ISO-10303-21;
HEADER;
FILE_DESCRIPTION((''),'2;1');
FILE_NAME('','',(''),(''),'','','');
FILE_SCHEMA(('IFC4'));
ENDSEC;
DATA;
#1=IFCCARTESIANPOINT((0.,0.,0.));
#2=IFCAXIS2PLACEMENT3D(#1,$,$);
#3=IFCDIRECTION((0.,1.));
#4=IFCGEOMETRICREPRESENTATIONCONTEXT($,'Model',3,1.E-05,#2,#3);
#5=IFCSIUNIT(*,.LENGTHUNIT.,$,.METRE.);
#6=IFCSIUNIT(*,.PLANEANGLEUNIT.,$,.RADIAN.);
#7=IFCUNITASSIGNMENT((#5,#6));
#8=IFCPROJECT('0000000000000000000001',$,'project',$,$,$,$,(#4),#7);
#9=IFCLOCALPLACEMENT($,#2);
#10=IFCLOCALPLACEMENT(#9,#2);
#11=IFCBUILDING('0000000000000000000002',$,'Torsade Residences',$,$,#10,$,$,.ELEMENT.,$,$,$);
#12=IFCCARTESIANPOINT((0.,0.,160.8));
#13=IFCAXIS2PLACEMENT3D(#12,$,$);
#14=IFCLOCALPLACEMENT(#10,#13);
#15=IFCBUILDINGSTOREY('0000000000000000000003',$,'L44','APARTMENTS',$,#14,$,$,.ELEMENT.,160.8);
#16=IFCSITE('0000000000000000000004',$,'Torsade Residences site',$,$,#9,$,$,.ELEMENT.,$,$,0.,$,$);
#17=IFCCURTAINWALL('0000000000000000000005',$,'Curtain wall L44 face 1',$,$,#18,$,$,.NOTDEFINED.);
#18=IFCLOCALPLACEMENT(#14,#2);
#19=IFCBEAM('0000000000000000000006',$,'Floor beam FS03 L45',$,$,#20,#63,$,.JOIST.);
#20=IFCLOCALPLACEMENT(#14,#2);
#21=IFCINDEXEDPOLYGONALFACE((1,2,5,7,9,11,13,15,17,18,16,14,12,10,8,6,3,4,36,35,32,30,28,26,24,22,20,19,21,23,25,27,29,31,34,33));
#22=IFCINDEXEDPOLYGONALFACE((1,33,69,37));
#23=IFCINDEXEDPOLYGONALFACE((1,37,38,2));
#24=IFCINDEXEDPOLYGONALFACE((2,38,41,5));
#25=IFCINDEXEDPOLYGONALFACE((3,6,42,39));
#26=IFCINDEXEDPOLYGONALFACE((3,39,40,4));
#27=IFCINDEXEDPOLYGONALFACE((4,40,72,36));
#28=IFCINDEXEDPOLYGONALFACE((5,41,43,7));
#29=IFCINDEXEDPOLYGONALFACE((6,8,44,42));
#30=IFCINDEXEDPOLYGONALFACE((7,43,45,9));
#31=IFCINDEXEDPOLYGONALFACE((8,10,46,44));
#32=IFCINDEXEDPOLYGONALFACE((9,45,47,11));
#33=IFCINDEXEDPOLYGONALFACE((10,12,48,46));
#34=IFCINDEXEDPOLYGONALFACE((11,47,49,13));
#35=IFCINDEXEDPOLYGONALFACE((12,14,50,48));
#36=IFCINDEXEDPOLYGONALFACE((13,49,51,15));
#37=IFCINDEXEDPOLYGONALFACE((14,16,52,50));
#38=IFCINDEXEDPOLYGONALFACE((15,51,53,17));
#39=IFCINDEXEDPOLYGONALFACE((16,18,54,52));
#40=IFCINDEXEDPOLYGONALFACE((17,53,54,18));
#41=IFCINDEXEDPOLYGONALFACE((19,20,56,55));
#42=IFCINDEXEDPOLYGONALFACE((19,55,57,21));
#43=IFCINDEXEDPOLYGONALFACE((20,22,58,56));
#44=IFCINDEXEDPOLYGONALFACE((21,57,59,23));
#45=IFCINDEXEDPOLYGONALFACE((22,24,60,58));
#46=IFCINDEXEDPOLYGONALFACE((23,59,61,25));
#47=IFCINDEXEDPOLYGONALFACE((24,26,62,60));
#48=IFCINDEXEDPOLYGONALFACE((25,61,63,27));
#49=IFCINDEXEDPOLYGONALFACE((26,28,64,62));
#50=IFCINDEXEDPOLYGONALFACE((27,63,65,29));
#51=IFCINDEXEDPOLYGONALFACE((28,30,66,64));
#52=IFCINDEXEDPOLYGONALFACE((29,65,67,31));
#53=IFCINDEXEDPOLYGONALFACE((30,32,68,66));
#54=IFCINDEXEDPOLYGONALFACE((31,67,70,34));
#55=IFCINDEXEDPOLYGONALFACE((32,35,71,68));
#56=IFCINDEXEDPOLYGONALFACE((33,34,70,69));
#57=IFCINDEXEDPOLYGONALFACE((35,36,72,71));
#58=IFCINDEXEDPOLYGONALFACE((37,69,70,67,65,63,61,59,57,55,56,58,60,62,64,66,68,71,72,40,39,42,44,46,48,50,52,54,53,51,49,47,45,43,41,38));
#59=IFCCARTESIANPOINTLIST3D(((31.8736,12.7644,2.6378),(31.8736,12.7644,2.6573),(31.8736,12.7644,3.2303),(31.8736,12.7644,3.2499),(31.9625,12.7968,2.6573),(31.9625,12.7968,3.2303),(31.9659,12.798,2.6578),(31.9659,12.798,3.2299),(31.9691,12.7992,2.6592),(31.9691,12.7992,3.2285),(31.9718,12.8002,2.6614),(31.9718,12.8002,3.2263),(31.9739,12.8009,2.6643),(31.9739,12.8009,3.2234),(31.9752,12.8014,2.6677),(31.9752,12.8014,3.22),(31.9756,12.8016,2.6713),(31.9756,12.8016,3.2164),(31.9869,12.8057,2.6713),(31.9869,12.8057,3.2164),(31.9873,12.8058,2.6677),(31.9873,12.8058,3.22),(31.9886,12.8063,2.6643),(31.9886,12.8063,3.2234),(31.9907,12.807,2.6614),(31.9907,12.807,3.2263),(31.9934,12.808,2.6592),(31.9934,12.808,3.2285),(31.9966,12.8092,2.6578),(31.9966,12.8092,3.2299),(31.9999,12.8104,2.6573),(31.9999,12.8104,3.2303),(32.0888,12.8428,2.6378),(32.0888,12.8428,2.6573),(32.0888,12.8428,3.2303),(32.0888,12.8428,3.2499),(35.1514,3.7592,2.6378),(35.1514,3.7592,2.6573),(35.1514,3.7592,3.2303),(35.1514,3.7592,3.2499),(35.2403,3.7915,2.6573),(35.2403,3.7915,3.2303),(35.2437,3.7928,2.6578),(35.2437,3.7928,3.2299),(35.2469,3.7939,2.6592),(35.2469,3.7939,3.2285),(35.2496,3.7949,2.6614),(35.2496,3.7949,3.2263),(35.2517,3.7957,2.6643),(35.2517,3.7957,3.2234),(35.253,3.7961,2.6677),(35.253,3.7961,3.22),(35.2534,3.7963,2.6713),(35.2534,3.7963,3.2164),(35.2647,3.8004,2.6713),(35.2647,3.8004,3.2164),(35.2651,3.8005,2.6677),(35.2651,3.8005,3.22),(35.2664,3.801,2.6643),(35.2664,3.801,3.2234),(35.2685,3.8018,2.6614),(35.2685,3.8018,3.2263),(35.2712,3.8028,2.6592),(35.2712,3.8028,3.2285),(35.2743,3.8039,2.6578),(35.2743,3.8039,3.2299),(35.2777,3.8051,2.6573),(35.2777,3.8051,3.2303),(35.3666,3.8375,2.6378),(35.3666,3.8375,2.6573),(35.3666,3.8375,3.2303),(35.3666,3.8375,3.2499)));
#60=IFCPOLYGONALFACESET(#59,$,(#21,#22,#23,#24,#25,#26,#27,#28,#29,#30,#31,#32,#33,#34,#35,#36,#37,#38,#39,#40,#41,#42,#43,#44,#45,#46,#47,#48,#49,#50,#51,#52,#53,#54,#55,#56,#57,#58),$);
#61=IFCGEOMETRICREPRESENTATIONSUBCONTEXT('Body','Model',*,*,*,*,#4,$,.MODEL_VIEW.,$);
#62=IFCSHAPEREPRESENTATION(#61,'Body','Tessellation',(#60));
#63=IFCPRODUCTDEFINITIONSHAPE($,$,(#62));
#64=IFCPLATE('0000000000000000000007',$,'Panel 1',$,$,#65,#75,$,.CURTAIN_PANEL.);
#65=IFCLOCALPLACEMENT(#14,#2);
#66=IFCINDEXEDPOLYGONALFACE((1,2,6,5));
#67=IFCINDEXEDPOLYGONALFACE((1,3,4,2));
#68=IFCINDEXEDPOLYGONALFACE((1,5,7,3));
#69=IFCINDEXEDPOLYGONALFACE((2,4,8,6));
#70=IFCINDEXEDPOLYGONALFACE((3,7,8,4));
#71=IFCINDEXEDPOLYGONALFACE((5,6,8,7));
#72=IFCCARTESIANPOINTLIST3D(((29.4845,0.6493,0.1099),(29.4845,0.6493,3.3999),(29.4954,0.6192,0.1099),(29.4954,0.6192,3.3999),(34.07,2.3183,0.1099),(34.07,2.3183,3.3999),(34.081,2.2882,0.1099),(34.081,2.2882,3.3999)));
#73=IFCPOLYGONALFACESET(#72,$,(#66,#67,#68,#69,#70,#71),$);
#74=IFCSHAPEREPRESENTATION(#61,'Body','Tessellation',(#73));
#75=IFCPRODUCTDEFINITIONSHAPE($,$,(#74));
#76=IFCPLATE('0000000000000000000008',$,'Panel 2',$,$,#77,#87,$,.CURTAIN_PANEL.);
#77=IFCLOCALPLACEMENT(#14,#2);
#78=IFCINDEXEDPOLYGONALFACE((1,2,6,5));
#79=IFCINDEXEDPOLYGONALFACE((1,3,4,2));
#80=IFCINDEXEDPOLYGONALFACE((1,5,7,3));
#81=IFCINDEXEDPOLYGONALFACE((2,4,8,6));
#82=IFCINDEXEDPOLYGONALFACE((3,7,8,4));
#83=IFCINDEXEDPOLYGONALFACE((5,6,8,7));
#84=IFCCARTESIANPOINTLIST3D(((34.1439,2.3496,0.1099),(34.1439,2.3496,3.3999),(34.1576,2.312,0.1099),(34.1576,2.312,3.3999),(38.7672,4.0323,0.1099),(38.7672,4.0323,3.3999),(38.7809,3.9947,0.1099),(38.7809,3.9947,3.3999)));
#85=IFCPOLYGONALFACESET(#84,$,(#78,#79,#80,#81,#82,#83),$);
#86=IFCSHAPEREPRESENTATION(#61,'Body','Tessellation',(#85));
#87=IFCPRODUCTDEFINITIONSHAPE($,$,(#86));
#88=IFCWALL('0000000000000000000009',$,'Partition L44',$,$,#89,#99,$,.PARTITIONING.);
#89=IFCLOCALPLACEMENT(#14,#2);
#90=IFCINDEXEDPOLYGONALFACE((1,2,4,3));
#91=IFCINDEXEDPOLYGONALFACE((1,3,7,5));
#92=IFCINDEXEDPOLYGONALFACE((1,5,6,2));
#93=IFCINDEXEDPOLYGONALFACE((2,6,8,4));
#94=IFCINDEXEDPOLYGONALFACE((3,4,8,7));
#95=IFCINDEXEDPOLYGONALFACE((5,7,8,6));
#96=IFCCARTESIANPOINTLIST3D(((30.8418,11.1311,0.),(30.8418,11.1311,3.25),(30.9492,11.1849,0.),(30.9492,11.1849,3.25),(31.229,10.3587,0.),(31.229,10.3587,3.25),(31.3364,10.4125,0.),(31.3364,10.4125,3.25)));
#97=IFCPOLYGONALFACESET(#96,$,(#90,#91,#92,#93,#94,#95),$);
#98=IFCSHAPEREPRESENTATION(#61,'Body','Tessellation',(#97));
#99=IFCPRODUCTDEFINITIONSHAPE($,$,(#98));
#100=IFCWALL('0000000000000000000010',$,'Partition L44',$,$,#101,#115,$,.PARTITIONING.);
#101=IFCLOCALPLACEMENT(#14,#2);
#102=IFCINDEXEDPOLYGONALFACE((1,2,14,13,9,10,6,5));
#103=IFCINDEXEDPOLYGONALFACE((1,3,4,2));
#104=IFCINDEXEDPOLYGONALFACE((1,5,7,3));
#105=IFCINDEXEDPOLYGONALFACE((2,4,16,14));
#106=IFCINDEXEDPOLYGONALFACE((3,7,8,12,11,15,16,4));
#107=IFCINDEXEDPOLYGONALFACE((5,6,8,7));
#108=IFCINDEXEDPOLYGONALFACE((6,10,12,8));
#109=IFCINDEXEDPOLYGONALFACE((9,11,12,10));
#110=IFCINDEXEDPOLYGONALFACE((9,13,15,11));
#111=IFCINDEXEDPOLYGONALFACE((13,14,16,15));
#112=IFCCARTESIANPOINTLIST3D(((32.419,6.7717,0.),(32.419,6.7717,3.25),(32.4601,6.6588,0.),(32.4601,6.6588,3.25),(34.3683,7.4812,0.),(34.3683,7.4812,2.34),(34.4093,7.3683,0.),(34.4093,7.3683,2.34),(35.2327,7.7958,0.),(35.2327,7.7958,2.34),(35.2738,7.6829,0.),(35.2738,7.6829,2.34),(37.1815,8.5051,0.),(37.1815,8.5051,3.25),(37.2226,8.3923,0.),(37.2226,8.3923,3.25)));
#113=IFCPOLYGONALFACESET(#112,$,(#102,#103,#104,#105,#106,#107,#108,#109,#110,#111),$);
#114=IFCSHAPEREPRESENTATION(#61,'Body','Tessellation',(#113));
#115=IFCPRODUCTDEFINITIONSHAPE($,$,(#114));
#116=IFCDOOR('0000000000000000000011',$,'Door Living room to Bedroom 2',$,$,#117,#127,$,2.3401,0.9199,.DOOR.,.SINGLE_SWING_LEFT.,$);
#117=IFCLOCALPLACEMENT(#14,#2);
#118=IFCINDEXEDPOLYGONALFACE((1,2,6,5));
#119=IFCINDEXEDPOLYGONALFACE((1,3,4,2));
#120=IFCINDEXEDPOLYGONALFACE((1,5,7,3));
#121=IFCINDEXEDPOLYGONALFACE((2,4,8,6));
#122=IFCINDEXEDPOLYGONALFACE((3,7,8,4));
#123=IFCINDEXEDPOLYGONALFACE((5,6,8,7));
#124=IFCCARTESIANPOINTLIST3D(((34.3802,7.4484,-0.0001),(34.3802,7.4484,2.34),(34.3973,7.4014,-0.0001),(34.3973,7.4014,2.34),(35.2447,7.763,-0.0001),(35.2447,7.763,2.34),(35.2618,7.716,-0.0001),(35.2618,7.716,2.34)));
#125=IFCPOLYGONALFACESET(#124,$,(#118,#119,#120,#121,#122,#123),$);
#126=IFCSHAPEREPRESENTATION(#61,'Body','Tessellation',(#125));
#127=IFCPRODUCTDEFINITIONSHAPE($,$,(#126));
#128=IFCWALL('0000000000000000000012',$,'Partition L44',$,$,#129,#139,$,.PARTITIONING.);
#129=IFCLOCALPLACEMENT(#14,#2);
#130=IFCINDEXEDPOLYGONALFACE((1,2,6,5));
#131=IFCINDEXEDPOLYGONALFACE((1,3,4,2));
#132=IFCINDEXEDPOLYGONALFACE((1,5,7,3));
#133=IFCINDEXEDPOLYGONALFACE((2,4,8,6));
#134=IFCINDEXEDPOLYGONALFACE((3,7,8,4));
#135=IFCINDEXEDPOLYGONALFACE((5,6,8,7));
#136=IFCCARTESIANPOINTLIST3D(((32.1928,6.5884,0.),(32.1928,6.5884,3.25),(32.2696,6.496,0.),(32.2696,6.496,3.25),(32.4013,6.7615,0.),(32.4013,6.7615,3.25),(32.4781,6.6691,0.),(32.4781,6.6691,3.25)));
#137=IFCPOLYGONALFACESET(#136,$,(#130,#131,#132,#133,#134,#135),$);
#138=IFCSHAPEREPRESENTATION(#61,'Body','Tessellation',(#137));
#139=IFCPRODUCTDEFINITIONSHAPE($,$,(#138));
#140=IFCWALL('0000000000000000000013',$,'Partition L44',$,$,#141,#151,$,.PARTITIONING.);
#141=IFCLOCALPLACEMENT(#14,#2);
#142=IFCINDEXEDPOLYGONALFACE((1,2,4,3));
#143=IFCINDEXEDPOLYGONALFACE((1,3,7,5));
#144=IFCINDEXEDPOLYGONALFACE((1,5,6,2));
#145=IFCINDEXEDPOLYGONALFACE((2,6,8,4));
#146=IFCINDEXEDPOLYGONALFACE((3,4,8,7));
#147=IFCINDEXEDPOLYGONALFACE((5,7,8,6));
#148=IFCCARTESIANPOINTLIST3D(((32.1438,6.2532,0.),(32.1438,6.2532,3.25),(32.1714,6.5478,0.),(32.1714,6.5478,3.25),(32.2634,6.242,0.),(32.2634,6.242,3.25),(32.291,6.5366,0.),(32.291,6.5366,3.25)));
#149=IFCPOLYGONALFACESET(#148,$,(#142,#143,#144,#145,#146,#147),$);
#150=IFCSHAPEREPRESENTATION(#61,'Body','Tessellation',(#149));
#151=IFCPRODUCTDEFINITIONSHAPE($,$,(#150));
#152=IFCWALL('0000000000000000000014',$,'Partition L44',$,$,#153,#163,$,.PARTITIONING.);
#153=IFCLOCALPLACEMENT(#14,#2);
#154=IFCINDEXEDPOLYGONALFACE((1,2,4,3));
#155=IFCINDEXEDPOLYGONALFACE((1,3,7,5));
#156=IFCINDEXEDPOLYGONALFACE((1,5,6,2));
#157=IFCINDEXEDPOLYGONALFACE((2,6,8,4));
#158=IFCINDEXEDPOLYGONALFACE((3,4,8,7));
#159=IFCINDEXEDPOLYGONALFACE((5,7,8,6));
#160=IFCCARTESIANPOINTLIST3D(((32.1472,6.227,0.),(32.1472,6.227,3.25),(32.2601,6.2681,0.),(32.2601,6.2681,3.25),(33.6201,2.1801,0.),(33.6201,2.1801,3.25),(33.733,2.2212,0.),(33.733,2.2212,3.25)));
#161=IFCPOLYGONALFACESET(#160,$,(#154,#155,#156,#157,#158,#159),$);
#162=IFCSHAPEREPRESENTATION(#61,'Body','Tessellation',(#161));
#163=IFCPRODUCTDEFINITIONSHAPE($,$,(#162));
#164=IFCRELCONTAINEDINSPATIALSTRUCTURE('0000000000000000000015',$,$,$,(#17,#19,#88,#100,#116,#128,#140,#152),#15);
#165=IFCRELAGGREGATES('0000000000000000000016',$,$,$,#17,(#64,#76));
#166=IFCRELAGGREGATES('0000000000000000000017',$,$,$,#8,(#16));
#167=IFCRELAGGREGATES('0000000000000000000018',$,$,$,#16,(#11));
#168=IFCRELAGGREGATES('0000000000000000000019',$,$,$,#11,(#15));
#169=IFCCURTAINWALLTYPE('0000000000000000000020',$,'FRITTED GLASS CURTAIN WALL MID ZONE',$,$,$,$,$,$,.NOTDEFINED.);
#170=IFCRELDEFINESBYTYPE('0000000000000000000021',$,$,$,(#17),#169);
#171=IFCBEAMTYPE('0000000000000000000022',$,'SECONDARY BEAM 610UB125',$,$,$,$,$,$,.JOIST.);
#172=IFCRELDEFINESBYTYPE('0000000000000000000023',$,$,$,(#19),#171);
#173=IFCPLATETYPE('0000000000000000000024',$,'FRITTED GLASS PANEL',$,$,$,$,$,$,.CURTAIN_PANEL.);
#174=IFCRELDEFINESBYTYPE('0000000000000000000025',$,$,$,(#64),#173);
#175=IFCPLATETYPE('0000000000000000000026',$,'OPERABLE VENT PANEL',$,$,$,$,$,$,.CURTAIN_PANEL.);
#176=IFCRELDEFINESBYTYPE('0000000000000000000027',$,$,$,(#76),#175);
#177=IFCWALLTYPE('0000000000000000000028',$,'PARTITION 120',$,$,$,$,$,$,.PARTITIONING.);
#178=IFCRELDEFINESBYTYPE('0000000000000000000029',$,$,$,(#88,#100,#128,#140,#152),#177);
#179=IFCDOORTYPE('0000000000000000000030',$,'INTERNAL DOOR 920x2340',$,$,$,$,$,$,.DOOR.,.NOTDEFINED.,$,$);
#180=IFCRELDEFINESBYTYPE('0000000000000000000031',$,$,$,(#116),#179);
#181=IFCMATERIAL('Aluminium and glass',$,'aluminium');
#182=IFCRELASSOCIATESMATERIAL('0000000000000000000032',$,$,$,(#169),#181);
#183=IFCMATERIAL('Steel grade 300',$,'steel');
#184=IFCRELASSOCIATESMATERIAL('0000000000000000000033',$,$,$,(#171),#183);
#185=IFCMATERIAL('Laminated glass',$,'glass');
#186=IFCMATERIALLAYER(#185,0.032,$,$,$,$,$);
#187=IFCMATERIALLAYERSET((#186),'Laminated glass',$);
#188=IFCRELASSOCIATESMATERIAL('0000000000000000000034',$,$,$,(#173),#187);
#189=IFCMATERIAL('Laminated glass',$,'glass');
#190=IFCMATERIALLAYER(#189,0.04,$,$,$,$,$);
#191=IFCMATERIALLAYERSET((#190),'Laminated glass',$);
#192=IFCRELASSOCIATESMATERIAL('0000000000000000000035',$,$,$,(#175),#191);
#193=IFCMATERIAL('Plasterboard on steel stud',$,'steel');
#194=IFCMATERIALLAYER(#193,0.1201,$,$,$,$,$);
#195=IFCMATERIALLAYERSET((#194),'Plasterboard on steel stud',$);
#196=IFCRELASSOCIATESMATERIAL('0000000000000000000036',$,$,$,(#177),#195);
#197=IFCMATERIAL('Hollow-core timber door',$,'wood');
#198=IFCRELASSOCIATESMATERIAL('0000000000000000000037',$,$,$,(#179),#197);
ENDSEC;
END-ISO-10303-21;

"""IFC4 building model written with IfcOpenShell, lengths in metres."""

from ifc_helpers import new_model, si_unit, direction, frame, frame_2d, origin, origin_2d, place, context, subcontext, project, spatial, rectangle, i_section, extrude, material, layer, layer_set, material_profile, profile_set, type_object, element, fill, aggregate, save


model = new_model("IFC4")

# Units and contexts
model_context = context("Model", 3, precision=1e-05, world=origin(), true_north=direction((0.0, 1.0)))
body_context = subcontext(model_context, "Body", "Model", "MODEL_VIEW")
ifc_project = project(units=[si_unit("LENGTHUNIT", "METRE"), si_unit("PLANEANGLEUNIT", "RADIAN")], contexts=[model_context])

# Site, building, storey
site_placement = place(None, origin())
site = spatial("IfcSite", under=ifc_project, at=site_placement, Name="Torsade Residences site", CompositionType="ELEMENT", RefElevation=0.0)
building_placement = place(site_placement, origin())
building = spatial("IfcBuilding", under=site, at=building_placement, Name="Torsade Residences", CompositionType="ELEMENT")
storey_placement = place(building_placement, frame((0.0, 0.0, 160.8)))
storey = spatial("IfcBuildingStorey", under=building, at=storey_placement, Name="L44", Description="APARTMENTS", CompositionType="ELEMENT", Elevation=160.8)

# Curtain wall
ifc_material_1 = material(Name="Aluminium and glass", Category="aluminium")
curtain_wall_type = type_object("IfcCurtainWallType", Name="FRITTED GLASS CURTAIN WALL MID ZONE", PredefinedType="NOTDEFINED", material=ifc_material_1)
curtain_wall_placement = place(storey_placement, origin())
curtain_wall = element("IfcCurtainWall", 1, at=curtain_wall_placement, inside=storey, type_object=curtain_wall_type, Name="Curtain wall L44 face 1", PredefinedType="NOTDEFINED")

# Beam
ifc_material_2 = material(Name="Steel grade 300", Category="steel")
ifc_material_profile_1 = material_profile(ifc_material_2, i_section(OverallWidth=0.229, OverallDepth=0.6121, WebThickness=0.012, FlangeThickness=0.0195, FilletRadius=0.0139, at=origin_2d()), Name="610UB125")
ifc_profile_set_1 = profile_set([ifc_material_profile_1], Name="Steel grade 300")
beam_type_1 = type_object("IfcBeamType", Name="SECONDARY BEAM 610UB125", PredefinedType="JOIST", material=ifc_profile_set_1)
beam_1_placement = place(storey_placement, frame((35.259, 3.7983, 2.9438), z_axis=(-0.342034, 0.939688, 0.0), x_axis=(-0.939688, -0.342034, 0.0)))
element("IfcBeam", 2, at=beam_1_placement, inside=storey, type_object=beam_type_1, Name="Floor beam FS03 L45", PredefinedType="JOIST", context=body_context, shape_type="SweptSolid", body=[
    extrude(i_section(OverallWidth=0.229, OverallDepth=0.6121, WebThickness=0.012, FlangeThickness=0.0195, FilletRadius=0.0139, at=origin_2d()), origin(), (0.0, 0.0, 1.0), 9.5833),
])

# Plates
ifc_material_3 = material(Name="Laminated glass", Category="glass")
ifc_layer_1 = layer(ifc_material_3, 0.032)
ifc_layer_set_1 = layer_set([ifc_layer_1], Name="Laminated glass")
plate_type_1 = type_object("IfcPlateType", Name="FRITTED GLASS PANEL", PredefinedType="CURTAIN_PANEL", material=ifc_layer_set_1)
plate_1_placement = place(storey_placement, frame((31.7827, 1.4688, 0.1099), z_axis=(0.0, 0.0, 1.0), x_axis=(0.939693, 0.34202, 0.0)))
plate_1 = element("IfcPlate", 3, at=plate_1_placement, type_object=plate_type_1, Name="Panel 1", PredefinedType="CURTAIN_PANEL", context=body_context, shape_type="SweptSolid", body=[
    extrude(rectangle(XDim=4.8799, YDim=0.032, at=origin_2d()), origin(), (0.0, 0.0, 1.0), 3.29),
])
ifc_material_4 = material(Name="Laminated glass", Category="glass")
ifc_layer_2 = layer(ifc_material_4, 0.04)
ifc_layer_set_2 = layer_set([ifc_layer_2], Name="Laminated glass")
plate_type_2 = type_object("IfcPlateType", Name="OPERABLE VENT PANEL", PredefinedType="CURTAIN_PANEL", material=ifc_layer_set_2)
plate_2_placement = place(storey_placement, frame((36.4624, 3.1721, 0.1099), z_axis=(0.0, 0.0, 1.0), x_axis=(0.939693, 0.34202, 0.0)))
plate_2 = element("IfcPlate", 4, at=plate_2_placement, type_object=plate_type_2, Name="Panel 2", PredefinedType="CURTAIN_PANEL", context=body_context, shape_type="SweptSolid", body=[
    extrude(rectangle(XDim=4.9199, YDim=0.04, at=origin_2d()), origin(), (0.0, 0.0, 1.0), 3.29),
])
aggregate(curtain_wall, [plate_1, plate_2])

# Wall
ifc_material_5 = material(Name="Plasterboard on steel stud", Category="steel")
ifc_layer_3 = layer(ifc_material_5, 0.1201)
ifc_layer_set_3 = layer_set([ifc_layer_3], Name="Plasterboard on steel stud")
wall_type_1 = type_object("IfcWallType", Name="PARTITION 120", PredefinedType="PARTITIONING", material=ifc_layer_set_3)
wall_1_placement = place(storey_placement, frame((31.2827, 10.3855, 0.0), z_axis=(0.0, 0.0, 1.0), x_axis=(-0.448118, 0.893975, 0.0)))
element("IfcWall", 5, at=wall_1_placement, inside=storey, type_object=wall_type_1, Name="Partition L44", PredefinedType="PARTITIONING", context=body_context, shape_type="SweptSolid", body=[
    extrude(rectangle(XDim=0.864, YDim=0.1201, at=frame_2d((0.4321, 0.0))), origin(), (0.0, 0.0, 1.0), 3.25),
])

# Wall, opening, door
wall_2_placement = place(storey_placement, frame((37.2021, 8.4487, 0.0), z_axis=(0.0, 0.0, 1.0), x_axis=(-0.939692, -0.342022, 0.0)))
wall_2 = element("IfcWall", 6, at=wall_2_placement, inside=storey, type_object=wall_type_1, Name="Partition L44", PredefinedType="PARTITIONING", context=body_context, shape_type="SweptSolid", body=[
    extrude(rectangle(XDim=5.0681, YDim=0.1201, at=frame_2d((2.5342, 0.0))), origin(), (0.0, 0.0, 1.0), 3.25),
])
opening_1_placement = place(wall_2_placement, frame((2.074, 0.0, 0.0)))
opening_1 = element("IfcOpeningElement", 7, at=opening_1_placement, cuts=wall_2, PredefinedType="OPENING", context=body_context, shape_type="SweptSolid", body=[
    extrude(rectangle(XDim=0.9199, YDim=2.3401, at=frame_2d((0.46, 1.1699))), frame((0.0, 0.0701, 0.0), z_axis=(0.0, -1.0, 0.0), x_axis=(1.0, 0.0, 0.0)), (0.0, 0.0, 1.0), 0.1401),
])
ifc_material_6 = material(Name="Hollow-core timber door", Category="wood")
door_type_1 = type_object("IfcDoorType", Name="INTERNAL DOOR 920x2340", OperationType="NOTDEFINED", PredefinedType="DOOR", material=ifc_material_6)
door_1_placement = place(opening_1_placement, origin())
door_1 = element("IfcDoor", 8, at=door_1_placement, inside=storey, type_object=door_type_1, Name="Door Living room to Bedroom 2", OperationType="SINGLE_SWING_LEFT", OverallHeight=2.3401, OverallWidth=0.9199, PredefinedType="DOOR", context=body_context, shape_type="SweptSolid", body=[
    extrude(rectangle(XDim=0.9199, YDim=2.3401, at=frame_2d((0.46, 1.1699))), frame((0.0, 0.0249, 0.0), z_axis=(0.0, -1.0, 0.0), x_axis=(1.0, 0.0, 0.0)), (0.0, 0.0, 1.0), 0.05),
])
fill(opening_1, door_1)

# Walls
wall_3_placement = place(storey_placement, frame((32.4397, 6.7153, 0.0), z_axis=(0.0, 0.0, 1.0), x_axis=(-0.769402, -0.638765, 0.0)))
element("IfcWall", 9, at=wall_3_placement, inside=storey, type_object=wall_type_1, Name="Partition L44", PredefinedType="PARTITIONING", context=body_context, shape_type="SweptSolid", body=[
    extrude(rectangle(XDim=0.271, YDim=0.1201, at=frame_2d((0.1355, 0.0))), origin(), (0.0, 0.0, 1.0), 3.25),
])
wall_4_placement = place(storey_placement, frame((32.2312, 6.5422, 0.0), z_axis=(0.0, 0.0, 1.0), x_axis=(-0.093213, -0.995646, 0.0)))
element("IfcWall", 10, at=wall_4_placement, inside=storey, type_object=wall_type_1, Name="Partition L44", PredefinedType="PARTITIONING", context=body_context, shape_type="SweptSolid", body=[
    extrude(rectangle(XDim=0.2959, YDim=0.1201, at=frame_2d((0.1479, 0.0))), origin(), (0.0, 0.0, 1.0), 3.25),
])
wall_5_placement = place(storey_placement, frame((32.2036, 6.2476, 0.0), z_axis=(0.0, 0.0, 1.0), x_axis=(0.342012, -0.939696, 0.0)))
element("IfcWall", 11, at=wall_5_placement, inside=storey, type_object=wall_type_1, Name="Partition L44", PredefinedType="PARTITIONING", context=body_context, shape_type="SweptSolid", body=[
    extrude(rectangle(XDim=4.3066, YDim=0.1201, at=frame_2d((2.1533, 0.0))), origin(), (0.0, 0.0, 1.0), 3.25),
])

save(model, "model.ifc")
